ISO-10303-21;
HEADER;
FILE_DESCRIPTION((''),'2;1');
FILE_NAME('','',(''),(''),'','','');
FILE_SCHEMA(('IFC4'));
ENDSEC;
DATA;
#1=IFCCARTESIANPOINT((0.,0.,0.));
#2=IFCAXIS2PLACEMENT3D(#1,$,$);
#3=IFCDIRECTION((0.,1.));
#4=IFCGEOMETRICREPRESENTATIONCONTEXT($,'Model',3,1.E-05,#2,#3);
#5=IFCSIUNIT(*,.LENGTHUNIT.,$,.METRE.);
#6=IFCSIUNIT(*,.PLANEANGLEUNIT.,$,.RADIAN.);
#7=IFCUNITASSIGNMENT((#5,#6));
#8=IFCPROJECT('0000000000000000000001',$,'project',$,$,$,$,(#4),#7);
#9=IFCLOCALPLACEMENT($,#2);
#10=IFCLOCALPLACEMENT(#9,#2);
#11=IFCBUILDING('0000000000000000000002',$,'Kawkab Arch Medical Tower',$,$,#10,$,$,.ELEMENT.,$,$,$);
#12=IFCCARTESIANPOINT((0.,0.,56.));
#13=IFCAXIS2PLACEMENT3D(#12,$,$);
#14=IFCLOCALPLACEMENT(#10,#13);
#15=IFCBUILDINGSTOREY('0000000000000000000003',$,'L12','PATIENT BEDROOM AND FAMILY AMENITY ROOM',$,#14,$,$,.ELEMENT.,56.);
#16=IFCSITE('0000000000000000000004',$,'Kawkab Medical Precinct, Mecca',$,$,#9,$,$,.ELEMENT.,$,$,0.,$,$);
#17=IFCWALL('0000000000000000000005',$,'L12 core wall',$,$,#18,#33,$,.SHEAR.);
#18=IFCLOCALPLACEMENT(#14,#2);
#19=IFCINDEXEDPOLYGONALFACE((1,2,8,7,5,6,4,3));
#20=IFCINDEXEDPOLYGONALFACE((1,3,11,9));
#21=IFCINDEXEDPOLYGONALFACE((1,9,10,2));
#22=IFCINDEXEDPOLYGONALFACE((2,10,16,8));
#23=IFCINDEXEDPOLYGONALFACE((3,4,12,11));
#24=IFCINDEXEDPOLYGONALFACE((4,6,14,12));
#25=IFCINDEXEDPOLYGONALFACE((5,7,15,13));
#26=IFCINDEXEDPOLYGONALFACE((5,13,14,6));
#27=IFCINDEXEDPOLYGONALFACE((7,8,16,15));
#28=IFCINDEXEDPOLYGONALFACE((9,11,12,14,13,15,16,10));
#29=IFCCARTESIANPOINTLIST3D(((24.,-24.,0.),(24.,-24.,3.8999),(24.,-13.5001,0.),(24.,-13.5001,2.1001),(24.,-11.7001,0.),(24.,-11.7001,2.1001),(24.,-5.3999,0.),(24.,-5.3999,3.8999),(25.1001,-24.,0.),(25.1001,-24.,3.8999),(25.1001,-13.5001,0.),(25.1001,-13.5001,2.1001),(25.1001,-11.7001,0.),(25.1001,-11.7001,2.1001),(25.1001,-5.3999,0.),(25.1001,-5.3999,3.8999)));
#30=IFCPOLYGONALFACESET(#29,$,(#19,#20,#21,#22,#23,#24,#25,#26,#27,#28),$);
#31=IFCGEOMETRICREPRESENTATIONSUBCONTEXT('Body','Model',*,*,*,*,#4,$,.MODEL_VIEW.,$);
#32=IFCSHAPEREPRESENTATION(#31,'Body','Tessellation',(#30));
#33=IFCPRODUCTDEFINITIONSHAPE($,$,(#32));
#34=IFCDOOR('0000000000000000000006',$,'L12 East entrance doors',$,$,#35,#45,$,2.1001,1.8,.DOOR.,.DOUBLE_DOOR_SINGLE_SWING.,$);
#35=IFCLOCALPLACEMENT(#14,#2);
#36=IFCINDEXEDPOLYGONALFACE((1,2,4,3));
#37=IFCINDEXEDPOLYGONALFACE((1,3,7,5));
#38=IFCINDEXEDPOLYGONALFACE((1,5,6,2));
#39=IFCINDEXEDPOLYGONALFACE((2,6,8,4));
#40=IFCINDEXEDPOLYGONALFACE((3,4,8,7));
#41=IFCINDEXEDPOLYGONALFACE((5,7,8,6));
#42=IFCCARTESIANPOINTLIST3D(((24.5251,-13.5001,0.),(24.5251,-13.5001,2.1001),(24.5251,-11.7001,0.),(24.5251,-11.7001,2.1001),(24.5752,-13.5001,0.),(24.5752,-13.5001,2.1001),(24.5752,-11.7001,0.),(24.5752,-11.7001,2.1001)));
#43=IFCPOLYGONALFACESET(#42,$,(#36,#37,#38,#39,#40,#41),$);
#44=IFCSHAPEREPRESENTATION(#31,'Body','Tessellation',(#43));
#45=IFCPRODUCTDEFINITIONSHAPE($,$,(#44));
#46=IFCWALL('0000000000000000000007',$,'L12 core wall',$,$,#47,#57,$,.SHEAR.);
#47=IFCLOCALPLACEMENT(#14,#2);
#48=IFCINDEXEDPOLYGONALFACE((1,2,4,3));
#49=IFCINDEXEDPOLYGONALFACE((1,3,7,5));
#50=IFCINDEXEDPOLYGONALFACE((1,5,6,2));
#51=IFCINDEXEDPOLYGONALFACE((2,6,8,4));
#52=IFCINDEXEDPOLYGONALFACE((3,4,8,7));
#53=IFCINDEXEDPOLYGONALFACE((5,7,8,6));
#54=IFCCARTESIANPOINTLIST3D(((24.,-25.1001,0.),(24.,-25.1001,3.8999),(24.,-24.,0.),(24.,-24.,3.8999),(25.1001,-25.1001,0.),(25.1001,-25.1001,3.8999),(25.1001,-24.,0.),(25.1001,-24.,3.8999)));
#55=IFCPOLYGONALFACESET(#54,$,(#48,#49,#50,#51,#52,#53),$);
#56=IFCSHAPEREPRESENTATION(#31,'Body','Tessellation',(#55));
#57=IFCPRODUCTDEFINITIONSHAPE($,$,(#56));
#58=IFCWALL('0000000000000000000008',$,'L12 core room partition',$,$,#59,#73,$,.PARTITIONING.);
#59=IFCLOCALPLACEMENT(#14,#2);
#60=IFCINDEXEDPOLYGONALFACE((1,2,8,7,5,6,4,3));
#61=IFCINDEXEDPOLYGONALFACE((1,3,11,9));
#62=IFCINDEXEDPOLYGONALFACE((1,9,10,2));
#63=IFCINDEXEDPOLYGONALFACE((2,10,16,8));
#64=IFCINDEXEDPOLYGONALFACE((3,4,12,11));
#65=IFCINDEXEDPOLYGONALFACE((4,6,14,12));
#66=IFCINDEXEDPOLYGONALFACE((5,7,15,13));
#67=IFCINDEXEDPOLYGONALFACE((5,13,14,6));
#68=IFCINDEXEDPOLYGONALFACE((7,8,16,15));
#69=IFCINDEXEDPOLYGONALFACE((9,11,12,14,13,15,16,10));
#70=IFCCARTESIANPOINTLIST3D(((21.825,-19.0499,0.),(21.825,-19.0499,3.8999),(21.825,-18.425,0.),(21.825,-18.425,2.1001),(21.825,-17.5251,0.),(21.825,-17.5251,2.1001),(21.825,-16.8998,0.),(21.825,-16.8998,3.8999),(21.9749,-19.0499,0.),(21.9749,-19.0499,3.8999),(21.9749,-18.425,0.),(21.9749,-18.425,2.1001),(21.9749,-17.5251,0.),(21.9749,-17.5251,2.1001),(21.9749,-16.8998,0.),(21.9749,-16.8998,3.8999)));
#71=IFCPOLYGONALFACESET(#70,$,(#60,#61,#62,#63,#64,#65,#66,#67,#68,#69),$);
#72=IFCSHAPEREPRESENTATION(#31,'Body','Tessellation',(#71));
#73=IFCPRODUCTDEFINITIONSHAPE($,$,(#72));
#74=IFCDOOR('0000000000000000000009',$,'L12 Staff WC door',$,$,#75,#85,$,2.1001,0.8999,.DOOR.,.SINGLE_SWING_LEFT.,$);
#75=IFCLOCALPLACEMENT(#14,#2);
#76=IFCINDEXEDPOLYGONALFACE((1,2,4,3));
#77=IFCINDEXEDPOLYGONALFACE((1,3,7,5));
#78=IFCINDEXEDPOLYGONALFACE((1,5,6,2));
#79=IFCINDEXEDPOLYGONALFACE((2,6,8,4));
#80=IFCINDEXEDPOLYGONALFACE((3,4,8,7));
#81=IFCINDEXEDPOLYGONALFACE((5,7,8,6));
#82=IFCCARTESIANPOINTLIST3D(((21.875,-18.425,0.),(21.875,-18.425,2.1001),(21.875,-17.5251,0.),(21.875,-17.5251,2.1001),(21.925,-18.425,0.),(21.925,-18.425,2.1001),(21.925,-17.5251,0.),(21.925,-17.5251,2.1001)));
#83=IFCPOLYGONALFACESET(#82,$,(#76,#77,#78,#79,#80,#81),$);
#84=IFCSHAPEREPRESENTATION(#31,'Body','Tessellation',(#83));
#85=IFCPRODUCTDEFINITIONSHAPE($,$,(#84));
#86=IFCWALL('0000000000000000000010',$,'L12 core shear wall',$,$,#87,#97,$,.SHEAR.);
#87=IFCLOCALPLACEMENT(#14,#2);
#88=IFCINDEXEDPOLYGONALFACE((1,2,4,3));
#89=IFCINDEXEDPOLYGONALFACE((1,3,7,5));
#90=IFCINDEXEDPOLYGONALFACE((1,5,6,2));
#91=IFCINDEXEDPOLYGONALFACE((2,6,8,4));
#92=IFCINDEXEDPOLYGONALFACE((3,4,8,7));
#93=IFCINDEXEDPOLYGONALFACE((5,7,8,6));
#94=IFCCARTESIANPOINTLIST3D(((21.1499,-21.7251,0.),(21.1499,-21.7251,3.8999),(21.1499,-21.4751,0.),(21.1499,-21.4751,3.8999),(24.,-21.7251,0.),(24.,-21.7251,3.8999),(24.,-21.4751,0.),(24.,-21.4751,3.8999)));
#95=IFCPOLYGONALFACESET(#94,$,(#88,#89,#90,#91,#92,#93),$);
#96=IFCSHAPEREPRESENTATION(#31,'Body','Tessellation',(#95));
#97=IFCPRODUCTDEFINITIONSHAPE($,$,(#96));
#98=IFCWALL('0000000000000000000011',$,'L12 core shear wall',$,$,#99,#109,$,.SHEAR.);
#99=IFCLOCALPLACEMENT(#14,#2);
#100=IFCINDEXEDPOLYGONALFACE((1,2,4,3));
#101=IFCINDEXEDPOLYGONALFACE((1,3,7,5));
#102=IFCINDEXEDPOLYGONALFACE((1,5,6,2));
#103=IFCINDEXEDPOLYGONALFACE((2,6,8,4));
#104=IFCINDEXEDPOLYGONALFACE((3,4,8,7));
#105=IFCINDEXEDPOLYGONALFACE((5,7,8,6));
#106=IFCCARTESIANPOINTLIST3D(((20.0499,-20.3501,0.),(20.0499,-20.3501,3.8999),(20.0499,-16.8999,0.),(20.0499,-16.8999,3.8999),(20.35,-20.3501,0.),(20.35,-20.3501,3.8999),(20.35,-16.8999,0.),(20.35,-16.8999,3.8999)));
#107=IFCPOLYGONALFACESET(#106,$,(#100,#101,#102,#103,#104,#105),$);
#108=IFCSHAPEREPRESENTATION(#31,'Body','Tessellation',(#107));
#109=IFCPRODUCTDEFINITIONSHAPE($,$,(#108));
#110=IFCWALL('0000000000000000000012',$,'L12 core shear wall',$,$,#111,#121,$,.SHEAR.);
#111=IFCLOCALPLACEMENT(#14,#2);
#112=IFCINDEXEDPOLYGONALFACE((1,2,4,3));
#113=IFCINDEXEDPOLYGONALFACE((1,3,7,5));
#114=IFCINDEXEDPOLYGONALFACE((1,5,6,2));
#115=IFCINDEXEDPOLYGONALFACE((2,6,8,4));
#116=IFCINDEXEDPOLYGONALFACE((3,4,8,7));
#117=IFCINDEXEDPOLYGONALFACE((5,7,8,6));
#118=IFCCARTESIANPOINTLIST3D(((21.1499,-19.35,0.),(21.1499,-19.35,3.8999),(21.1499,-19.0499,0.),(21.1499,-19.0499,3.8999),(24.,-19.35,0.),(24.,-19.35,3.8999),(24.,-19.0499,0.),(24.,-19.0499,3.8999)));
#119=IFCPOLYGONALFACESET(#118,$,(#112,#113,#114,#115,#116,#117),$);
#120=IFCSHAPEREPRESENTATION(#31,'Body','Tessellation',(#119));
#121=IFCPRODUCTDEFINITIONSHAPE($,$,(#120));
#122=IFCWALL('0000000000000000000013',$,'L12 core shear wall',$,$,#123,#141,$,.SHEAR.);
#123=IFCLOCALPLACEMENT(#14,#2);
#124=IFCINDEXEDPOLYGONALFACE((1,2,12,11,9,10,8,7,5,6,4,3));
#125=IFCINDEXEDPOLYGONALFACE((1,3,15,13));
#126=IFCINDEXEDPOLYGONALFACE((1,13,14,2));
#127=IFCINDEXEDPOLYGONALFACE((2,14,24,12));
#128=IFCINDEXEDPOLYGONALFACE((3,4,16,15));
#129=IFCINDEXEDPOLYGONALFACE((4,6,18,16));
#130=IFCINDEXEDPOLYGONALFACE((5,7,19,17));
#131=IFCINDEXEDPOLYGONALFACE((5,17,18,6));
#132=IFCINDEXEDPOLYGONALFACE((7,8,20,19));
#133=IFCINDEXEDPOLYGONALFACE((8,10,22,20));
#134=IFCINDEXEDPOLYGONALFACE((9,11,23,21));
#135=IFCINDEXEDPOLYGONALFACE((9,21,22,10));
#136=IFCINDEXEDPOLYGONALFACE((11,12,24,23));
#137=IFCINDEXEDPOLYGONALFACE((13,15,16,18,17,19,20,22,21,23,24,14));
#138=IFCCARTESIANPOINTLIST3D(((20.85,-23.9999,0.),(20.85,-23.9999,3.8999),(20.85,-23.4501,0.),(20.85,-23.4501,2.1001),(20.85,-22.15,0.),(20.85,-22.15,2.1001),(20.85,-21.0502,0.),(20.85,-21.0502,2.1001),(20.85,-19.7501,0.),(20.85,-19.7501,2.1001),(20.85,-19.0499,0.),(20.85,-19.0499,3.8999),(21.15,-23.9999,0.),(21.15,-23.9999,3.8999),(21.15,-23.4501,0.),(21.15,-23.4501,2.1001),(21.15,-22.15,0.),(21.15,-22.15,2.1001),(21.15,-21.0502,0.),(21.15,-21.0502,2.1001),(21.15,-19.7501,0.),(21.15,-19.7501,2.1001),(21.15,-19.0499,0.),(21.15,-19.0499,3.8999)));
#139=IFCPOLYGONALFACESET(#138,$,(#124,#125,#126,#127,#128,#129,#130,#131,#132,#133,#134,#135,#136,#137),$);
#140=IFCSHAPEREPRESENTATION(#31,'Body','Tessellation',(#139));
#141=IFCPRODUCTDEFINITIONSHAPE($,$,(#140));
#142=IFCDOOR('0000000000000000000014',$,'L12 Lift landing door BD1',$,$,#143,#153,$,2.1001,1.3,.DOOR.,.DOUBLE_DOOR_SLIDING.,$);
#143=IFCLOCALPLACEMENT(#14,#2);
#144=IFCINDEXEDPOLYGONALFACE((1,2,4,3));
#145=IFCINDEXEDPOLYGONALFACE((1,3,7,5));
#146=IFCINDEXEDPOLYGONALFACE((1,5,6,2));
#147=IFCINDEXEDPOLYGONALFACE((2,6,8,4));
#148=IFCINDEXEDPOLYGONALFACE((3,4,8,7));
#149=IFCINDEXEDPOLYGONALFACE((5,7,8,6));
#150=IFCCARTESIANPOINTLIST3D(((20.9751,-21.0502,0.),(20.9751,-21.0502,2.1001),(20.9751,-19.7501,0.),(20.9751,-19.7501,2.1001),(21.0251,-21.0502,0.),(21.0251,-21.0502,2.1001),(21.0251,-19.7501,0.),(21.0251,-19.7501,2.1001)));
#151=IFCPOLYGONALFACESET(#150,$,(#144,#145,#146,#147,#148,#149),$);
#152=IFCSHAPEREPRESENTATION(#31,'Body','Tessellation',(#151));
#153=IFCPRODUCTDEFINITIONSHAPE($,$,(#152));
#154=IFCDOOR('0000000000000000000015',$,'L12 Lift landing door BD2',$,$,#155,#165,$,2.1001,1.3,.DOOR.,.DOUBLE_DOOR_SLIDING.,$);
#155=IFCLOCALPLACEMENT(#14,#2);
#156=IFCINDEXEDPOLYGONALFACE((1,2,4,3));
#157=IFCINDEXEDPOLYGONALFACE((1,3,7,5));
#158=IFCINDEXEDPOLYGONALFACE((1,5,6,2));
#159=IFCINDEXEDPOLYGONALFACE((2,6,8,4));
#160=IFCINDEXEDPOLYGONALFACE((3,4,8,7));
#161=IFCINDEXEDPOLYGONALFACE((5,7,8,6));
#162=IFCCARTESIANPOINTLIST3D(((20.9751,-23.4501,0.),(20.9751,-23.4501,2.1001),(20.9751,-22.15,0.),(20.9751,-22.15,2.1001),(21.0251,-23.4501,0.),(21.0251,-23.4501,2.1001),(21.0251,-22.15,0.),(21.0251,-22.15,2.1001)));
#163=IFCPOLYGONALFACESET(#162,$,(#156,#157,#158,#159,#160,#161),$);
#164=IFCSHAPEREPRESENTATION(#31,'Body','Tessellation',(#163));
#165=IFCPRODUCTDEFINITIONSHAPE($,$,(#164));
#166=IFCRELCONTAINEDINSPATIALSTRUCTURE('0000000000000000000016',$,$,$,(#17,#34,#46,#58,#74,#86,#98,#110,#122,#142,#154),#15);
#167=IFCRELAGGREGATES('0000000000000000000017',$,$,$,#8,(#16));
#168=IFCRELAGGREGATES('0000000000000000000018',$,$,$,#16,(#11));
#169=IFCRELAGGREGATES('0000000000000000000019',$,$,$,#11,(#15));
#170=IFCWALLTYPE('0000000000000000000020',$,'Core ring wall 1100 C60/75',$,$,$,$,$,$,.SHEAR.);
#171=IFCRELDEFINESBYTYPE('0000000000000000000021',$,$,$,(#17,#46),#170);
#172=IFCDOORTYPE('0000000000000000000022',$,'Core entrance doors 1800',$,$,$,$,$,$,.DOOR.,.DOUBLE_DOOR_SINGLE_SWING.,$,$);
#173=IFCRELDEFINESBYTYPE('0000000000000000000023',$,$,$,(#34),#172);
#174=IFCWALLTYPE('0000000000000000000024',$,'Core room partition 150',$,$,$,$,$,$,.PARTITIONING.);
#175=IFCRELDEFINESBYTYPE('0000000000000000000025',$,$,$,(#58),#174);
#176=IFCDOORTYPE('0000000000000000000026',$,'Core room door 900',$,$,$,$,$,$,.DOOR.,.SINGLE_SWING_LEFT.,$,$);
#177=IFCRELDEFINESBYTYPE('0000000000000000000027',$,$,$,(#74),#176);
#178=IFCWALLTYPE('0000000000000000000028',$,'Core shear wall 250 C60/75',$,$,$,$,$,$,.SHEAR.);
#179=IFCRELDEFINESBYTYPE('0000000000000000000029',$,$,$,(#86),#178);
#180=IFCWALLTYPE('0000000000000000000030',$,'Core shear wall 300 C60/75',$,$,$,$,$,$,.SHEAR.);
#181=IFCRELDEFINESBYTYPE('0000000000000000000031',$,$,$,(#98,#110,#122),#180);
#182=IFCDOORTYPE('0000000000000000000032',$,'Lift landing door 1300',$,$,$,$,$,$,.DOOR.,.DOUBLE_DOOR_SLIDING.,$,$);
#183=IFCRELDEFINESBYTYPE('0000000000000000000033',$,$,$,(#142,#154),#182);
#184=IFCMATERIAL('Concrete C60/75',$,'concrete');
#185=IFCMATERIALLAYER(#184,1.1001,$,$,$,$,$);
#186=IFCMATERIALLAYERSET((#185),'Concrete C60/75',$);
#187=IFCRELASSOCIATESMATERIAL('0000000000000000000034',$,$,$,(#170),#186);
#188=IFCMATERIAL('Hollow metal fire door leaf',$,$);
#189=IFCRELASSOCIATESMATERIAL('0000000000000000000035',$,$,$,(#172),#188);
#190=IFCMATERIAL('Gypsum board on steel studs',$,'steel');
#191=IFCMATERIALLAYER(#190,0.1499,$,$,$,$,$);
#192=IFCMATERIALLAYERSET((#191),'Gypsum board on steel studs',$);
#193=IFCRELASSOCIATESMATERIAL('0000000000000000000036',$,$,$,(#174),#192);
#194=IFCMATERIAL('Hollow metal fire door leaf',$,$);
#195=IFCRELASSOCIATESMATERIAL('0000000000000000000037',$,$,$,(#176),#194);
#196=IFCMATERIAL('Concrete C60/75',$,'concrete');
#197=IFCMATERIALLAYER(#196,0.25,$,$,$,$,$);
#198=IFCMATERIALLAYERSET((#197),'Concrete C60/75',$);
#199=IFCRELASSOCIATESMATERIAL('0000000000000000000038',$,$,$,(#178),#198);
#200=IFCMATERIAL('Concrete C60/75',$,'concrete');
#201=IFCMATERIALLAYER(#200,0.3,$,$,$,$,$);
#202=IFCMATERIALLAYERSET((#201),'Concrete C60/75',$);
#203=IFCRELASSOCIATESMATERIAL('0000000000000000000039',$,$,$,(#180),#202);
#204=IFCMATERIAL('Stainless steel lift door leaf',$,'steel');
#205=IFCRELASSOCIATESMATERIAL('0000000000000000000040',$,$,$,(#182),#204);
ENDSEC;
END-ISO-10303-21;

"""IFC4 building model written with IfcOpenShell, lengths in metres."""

from ifc_helpers import new_model, si_unit, direction, frame, frame_2d, origin, place, context, subcontext, project, spatial, rectangle, extrude, material, layer, layer_set, type_object, element, fill, save


model = new_model("IFC4")

# Units and contexts
model_context = context("Model", 3, precision=1e-05, world=origin(), true_north=direction((0.0, 1.0)))
body_context = subcontext(model_context, "Body", "Model", "MODEL_VIEW")
ifc_project = project(units=[si_unit("LENGTHUNIT", "METRE"), si_unit("PLANEANGLEUNIT", "RADIAN")], contexts=[model_context])

# Site, building, storey
site_placement = place(None, origin())
site = spatial("IfcSite", under=ifc_project, at=site_placement, Name="Kawkab Medical Precinct, Mecca", CompositionType="ELEMENT", RefElevation=0.0)
building_placement = place(site_placement, origin())
building = spatial("IfcBuilding", under=site, at=building_placement, Name="Kawkab Arch Medical Tower", CompositionType="ELEMENT")
storey_placement = place(building_placement, frame((0.0, 0.0, 56.0)))
storey = spatial("IfcBuildingStorey", under=building, at=storey_placement, Name="L12", Description="PATIENT BEDROOM AND FAMILY AMENITY ROOM", CompositionType="ELEMENT", Elevation=56.0)

# Wall, opening, door
ifc_material_1 = material(Name="Concrete C60/75", Category="concrete")
ifc_layer_1 = layer(ifc_material_1, 1.1001)
ifc_layer_set_1 = layer_set([ifc_layer_1], Name="Concrete C60/75")
wall_type_1 = type_object("IfcWallType", Name="Core ring wall 1100 C60/75", PredefinedType="SHEAR", material=ifc_layer_set_1)
wall_1_placement = place(storey_placement, frame((24.55, -24.0, 0.0), z_axis=(0.0, 0.0, 1.0), x_axis=(0.0, 1.0, 0.0)))
wall_1 = element("IfcWall", 1, at=wall_1_placement, inside=storey, type_object=wall_type_1, Name="L12 core wall", PredefinedType="SHEAR", context=body_context, shape_type="SweptSolid", body=[
    extrude(rectangle(XDim=18.6001, YDim=1.1001, at=frame_2d((9.3, 0.0))), origin(), (0.0, 0.0, 1.0), 3.8999),
])
opening_1_placement = place(wall_1_placement, frame((10.5, 0.0, 0.0)))
opening_1 = element("IfcOpeningElement", 2, at=opening_1_placement, cuts=wall_1, PredefinedType="OPENING", context=body_context, shape_type="SweptSolid", body=[
    extrude(rectangle(XDim=1.8, YDim=2.1001, at=frame_2d((0.8999, 1.05))), frame((0.0, 0.5601, 0.0), z_axis=(0.0, -1.0, 0.0), x_axis=(1.0, 0.0, 0.0)), (0.0, 0.0, 1.0), 1.1201),
])
ifc_material_2 = material(Name="Hollow metal fire door leaf")
door_type_1 = type_object("IfcDoorType", Name="Core entrance doors 1800", OperationType="DOUBLE_DOOR_SINGLE_SWING", PredefinedType="DOOR", material=ifc_material_2)
door_1_placement = place(opening_1_placement, origin())
door_1 = element("IfcDoor", 3, at=door_1_placement, inside=storey, type_object=door_type_1, Name="L12 East entrance doors", OperationType="DOUBLE_DOOR_SINGLE_SWING", OverallHeight=2.1001, OverallWidth=1.8, PredefinedType="DOOR", context=body_context, shape_type="SweptSolid", body=[
    extrude(rectangle(XDim=1.8, YDim=2.1001, at=frame_2d((0.8999, 1.05))), frame((0.0, 0.0249, 0.0), z_axis=(0.0, -1.0, 0.0), x_axis=(1.0, 0.0, 0.0)), (0.0, 0.0, 1.0), 0.05),
])
fill(opening_1, door_1)

# Wall
wall_2_placement = place(storey_placement, frame((24.55, -25.1001, 0.0), z_axis=(0.0, 0.0, 1.0), x_axis=(0.0, 1.0, 0.0)))
element("IfcWall", 4, at=wall_2_placement, inside=storey, type_object=wall_type_1, Name="L12 core wall", PredefinedType="SHEAR", context=body_context, shape_type="SweptSolid", body=[
    extrude(rectangle(XDim=1.1001, YDim=1.1001, at=frame_2d((0.55, 0.0))), origin(), (0.0, 0.0, 1.0), 3.8999),
])

# Wall, opening, door
ifc_material_3 = material(Name="Gypsum board on steel studs", Category="steel")
ifc_layer_2 = layer(ifc_material_3, 0.1499)
ifc_layer_set_2 = layer_set([ifc_layer_2], Name="Gypsum board on steel studs")
wall_type_2 = type_object("IfcWallType", Name="Core room partition 150", PredefinedType="PARTITIONING", material=ifc_layer_set_2)
wall_3_placement = place(storey_placement, frame((21.8999, -19.05, 0.0), z_axis=(0.0, 0.0, 1.0), x_axis=(0.0, 1.0, 0.0)))
wall_3 = element("IfcWall", 5, at=wall_3_placement, inside=storey, type_object=wall_type_2, Name="L12 core room partition", PredefinedType="PARTITIONING", context=body_context, shape_type="SweptSolid", body=[
    extrude(rectangle(XDim=2.1501, YDim=0.1499, at=frame_2d((1.0752, 0.0))), origin(), (0.0, 0.0, 1.0), 3.8999),
])
opening_2_placement = place(wall_3_placement, frame((0.625, 0.0, 0.0)))
opening_2 = element("IfcOpeningElement", 6, at=opening_2_placement, cuts=wall_3, PredefinedType="OPENING", context=body_context, shape_type="SweptSolid", body=[
    extrude(rectangle(XDim=0.8999, YDim=2.1001, at=frame_2d((0.45, 1.05))), frame((0.0, 0.085, 0.0), z_axis=(0.0, -1.0, 0.0), x_axis=(1.0, 0.0, 0.0)), (0.0, 0.0, 1.0), 0.1699),
])
ifc_material_4 = material(Name="Hollow metal fire door leaf")
door_type_2 = type_object("IfcDoorType", Name="Core room door 900", OperationType="SINGLE_SWING_LEFT", PredefinedType="DOOR", material=ifc_material_4)
door_2_placement = place(opening_2_placement, origin())
door_2 = element("IfcDoor", 7, at=door_2_placement, inside=storey, type_object=door_type_2, Name="L12 Staff WC door", OperationType="SINGLE_SWING_LEFT", OverallHeight=2.1001, OverallWidth=0.8999, PredefinedType="DOOR", context=body_context, shape_type="SweptSolid", body=[
    extrude(rectangle(XDim=0.8999, YDim=2.1001, at=frame_2d((0.45, 1.05))), frame((0.0, 0.0249, 0.0), z_axis=(0.0, -1.0, 0.0), x_axis=(1.0, 0.0, 0.0)), (0.0, 0.0, 1.0), 0.05),
])
fill(opening_2, door_2)

# Walls
ifc_material_5 = material(Name="Concrete C60/75", Category="concrete")
ifc_layer_3 = layer(ifc_material_5, 0.25)
ifc_layer_set_3 = layer_set([ifc_layer_3], Name="Concrete C60/75")
wall_type_3 = type_object("IfcWallType", Name="Core shear wall 250 C60/75", PredefinedType="SHEAR", material=ifc_layer_set_3)
wall_4_placement = place(storey_placement, frame((21.1499, -21.6001, 0.0), z_axis=(0.0, 0.0, 1.0), x_axis=(1.0, 0.0, 0.0)))
element("IfcWall", 8, at=wall_4_placement, inside=storey, type_object=wall_type_3, Name="L12 core shear wall", PredefinedType="SHEAR", context=body_context, shape_type="SweptSolid", body=[
    extrude(rectangle(XDim=2.8501, YDim=0.25, at=frame_2d((1.425, 0.0))), origin(), (0.0, 0.0, 1.0), 3.8999),
])
ifc_material_6 = material(Name="Concrete C60/75", Category="concrete")
ifc_layer_4 = layer(ifc_material_6, 0.3)
ifc_layer_set_4 = layer_set([ifc_layer_4], Name="Concrete C60/75")
wall_type_4 = type_object("IfcWallType", Name="Core shear wall 300 C60/75", PredefinedType="SHEAR", material=ifc_layer_set_4)
wall_5_placement = place(storey_placement, frame((20.2, -20.3501, 0.0), z_axis=(0.0, 0.0, 1.0), x_axis=(0.0, 1.0, 0.0)))
element("IfcWall", 9, at=wall_5_placement, inside=storey, type_object=wall_type_4, Name="L12 core shear wall", PredefinedType="SHEAR", context=body_context, shape_type="SweptSolid", body=[
    extrude(rectangle(XDim=3.4502, YDim=0.3, at=frame_2d((1.7251, 0.0))), origin(), (0.0, 0.0, 1.0), 3.8999),
])
wall_6_placement = place(storey_placement, frame((21.1499, -19.2, 0.0), z_axis=(0.0, 0.0, 1.0), x_axis=(1.0, 0.0, 0.0)))
element("IfcWall", 10, at=wall_6_placement, inside=storey, type_object=wall_type_4, Name="L12 core shear wall", PredefinedType="SHEAR", context=body_context, shape_type="SweptSolid", body=[
    extrude(rectangle(XDim=2.8501, YDim=0.3, at=frame_2d((1.425, 0.0))), origin(), (0.0, 0.0, 1.0), 3.8999),
])

# Wall, openings, doors
wall_7_placement = place(storey_placement, frame((21.0, -24.0, 0.0), z_axis=(0.0, 0.0, 1.0), x_axis=(0.0, 1.0, 0.0)))
wall_7 = element("IfcWall", 11, at=wall_7_placement, inside=storey, type_object=wall_type_4, Name="L12 core shear wall", PredefinedType="SHEAR", context=body_context, shape_type="SweptSolid", body=[
    extrude(rectangle(XDim=4.95, YDim=0.3, at=frame_2d((2.4751, 0.0))), origin(), (0.0, 0.0, 1.0), 3.8999),
])
opening_3_placement = place(wall_7_placement, frame((2.95, 0.0, 0.0)))
opening_3 = element("IfcOpeningElement", 12, at=opening_3_placement, cuts=wall_7, PredefinedType="OPENING", context=body_context, shape_type="SweptSolid", body=[
    extrude(rectangle(XDim=1.3, YDim=2.1001, at=frame_2d((0.6499, 1.05))), frame((0.0, 0.1599, 0.0), z_axis=(0.0, -1.0, 0.0), x_axis=(1.0, 0.0, 0.0)), (0.0, 0.0, 1.0), 0.3201),
])
opening_4_placement = place(wall_7_placement, frame((0.55, 0.0, 0.0)))
opening_4 = element("IfcOpeningElement", 13, at=opening_4_placement, cuts=wall_7, PredefinedType="OPENING", context=body_context, shape_type="SweptSolid", body=[
    extrude(rectangle(XDim=1.3, YDim=2.1001, at=frame_2d((0.6499, 1.05))), frame((0.0, 0.1599, 0.0), z_axis=(0.0, -1.0, 0.0), x_axis=(1.0, 0.0, 0.0)), (0.0, 0.0, 1.0), 0.3201),
])
ifc_material_7 = material(Name="Stainless steel lift door leaf", Category="steel")
door_type_3 = type_object("IfcDoorType", Name="Lift landing door 1300", OperationType="DOUBLE_DOOR_SLIDING", PredefinedType="DOOR", material=ifc_material_7)
door_3_placement = place(opening_3_placement, origin())
door_3 = element("IfcDoor", 14, at=door_3_placement, inside=storey, type_object=door_type_3, Name="L12 Lift landing door BD1", OperationType="DOUBLE_DOOR_SLIDING", OverallHeight=2.1001, OverallWidth=1.3, PredefinedType="DOOR", context=body_context, shape_type="SweptSolid", body=[
    extrude(rectangle(XDim=1.3, YDim=2.1001, at=frame_2d((0.6499, 1.05))), frame((0.0, 0.0249, 0.0), z_axis=(0.0, -1.0, 0.0), x_axis=(1.0, 0.0, 0.0)), (0.0, 0.0, 1.0), 0.05),
])
fill(opening_3, door_3)
door_4_placement = place(opening_4_placement, origin())
door_4 = element("IfcDoor", 15, at=door_4_placement, inside=storey, type_object=door_type_3, Name="L12 Lift landing door BD2", OperationType="DOUBLE_DOOR_SLIDING", OverallHeight=2.1001, OverallWidth=1.3, PredefinedType="DOOR", context=body_context, shape_type="SweptSolid", body=[
    extrude(rectangle(XDim=1.3, YDim=2.1001, at=frame_2d((0.6499, 1.05))), frame((0.0, 0.0249, 0.0), z_axis=(0.0, -1.0, 0.0), x_axis=(1.0, 0.0, 0.0)), (0.0, 0.0, 1.0), 0.05),
])
fill(opening_4, door_4)

save(model, "model.ifc")
